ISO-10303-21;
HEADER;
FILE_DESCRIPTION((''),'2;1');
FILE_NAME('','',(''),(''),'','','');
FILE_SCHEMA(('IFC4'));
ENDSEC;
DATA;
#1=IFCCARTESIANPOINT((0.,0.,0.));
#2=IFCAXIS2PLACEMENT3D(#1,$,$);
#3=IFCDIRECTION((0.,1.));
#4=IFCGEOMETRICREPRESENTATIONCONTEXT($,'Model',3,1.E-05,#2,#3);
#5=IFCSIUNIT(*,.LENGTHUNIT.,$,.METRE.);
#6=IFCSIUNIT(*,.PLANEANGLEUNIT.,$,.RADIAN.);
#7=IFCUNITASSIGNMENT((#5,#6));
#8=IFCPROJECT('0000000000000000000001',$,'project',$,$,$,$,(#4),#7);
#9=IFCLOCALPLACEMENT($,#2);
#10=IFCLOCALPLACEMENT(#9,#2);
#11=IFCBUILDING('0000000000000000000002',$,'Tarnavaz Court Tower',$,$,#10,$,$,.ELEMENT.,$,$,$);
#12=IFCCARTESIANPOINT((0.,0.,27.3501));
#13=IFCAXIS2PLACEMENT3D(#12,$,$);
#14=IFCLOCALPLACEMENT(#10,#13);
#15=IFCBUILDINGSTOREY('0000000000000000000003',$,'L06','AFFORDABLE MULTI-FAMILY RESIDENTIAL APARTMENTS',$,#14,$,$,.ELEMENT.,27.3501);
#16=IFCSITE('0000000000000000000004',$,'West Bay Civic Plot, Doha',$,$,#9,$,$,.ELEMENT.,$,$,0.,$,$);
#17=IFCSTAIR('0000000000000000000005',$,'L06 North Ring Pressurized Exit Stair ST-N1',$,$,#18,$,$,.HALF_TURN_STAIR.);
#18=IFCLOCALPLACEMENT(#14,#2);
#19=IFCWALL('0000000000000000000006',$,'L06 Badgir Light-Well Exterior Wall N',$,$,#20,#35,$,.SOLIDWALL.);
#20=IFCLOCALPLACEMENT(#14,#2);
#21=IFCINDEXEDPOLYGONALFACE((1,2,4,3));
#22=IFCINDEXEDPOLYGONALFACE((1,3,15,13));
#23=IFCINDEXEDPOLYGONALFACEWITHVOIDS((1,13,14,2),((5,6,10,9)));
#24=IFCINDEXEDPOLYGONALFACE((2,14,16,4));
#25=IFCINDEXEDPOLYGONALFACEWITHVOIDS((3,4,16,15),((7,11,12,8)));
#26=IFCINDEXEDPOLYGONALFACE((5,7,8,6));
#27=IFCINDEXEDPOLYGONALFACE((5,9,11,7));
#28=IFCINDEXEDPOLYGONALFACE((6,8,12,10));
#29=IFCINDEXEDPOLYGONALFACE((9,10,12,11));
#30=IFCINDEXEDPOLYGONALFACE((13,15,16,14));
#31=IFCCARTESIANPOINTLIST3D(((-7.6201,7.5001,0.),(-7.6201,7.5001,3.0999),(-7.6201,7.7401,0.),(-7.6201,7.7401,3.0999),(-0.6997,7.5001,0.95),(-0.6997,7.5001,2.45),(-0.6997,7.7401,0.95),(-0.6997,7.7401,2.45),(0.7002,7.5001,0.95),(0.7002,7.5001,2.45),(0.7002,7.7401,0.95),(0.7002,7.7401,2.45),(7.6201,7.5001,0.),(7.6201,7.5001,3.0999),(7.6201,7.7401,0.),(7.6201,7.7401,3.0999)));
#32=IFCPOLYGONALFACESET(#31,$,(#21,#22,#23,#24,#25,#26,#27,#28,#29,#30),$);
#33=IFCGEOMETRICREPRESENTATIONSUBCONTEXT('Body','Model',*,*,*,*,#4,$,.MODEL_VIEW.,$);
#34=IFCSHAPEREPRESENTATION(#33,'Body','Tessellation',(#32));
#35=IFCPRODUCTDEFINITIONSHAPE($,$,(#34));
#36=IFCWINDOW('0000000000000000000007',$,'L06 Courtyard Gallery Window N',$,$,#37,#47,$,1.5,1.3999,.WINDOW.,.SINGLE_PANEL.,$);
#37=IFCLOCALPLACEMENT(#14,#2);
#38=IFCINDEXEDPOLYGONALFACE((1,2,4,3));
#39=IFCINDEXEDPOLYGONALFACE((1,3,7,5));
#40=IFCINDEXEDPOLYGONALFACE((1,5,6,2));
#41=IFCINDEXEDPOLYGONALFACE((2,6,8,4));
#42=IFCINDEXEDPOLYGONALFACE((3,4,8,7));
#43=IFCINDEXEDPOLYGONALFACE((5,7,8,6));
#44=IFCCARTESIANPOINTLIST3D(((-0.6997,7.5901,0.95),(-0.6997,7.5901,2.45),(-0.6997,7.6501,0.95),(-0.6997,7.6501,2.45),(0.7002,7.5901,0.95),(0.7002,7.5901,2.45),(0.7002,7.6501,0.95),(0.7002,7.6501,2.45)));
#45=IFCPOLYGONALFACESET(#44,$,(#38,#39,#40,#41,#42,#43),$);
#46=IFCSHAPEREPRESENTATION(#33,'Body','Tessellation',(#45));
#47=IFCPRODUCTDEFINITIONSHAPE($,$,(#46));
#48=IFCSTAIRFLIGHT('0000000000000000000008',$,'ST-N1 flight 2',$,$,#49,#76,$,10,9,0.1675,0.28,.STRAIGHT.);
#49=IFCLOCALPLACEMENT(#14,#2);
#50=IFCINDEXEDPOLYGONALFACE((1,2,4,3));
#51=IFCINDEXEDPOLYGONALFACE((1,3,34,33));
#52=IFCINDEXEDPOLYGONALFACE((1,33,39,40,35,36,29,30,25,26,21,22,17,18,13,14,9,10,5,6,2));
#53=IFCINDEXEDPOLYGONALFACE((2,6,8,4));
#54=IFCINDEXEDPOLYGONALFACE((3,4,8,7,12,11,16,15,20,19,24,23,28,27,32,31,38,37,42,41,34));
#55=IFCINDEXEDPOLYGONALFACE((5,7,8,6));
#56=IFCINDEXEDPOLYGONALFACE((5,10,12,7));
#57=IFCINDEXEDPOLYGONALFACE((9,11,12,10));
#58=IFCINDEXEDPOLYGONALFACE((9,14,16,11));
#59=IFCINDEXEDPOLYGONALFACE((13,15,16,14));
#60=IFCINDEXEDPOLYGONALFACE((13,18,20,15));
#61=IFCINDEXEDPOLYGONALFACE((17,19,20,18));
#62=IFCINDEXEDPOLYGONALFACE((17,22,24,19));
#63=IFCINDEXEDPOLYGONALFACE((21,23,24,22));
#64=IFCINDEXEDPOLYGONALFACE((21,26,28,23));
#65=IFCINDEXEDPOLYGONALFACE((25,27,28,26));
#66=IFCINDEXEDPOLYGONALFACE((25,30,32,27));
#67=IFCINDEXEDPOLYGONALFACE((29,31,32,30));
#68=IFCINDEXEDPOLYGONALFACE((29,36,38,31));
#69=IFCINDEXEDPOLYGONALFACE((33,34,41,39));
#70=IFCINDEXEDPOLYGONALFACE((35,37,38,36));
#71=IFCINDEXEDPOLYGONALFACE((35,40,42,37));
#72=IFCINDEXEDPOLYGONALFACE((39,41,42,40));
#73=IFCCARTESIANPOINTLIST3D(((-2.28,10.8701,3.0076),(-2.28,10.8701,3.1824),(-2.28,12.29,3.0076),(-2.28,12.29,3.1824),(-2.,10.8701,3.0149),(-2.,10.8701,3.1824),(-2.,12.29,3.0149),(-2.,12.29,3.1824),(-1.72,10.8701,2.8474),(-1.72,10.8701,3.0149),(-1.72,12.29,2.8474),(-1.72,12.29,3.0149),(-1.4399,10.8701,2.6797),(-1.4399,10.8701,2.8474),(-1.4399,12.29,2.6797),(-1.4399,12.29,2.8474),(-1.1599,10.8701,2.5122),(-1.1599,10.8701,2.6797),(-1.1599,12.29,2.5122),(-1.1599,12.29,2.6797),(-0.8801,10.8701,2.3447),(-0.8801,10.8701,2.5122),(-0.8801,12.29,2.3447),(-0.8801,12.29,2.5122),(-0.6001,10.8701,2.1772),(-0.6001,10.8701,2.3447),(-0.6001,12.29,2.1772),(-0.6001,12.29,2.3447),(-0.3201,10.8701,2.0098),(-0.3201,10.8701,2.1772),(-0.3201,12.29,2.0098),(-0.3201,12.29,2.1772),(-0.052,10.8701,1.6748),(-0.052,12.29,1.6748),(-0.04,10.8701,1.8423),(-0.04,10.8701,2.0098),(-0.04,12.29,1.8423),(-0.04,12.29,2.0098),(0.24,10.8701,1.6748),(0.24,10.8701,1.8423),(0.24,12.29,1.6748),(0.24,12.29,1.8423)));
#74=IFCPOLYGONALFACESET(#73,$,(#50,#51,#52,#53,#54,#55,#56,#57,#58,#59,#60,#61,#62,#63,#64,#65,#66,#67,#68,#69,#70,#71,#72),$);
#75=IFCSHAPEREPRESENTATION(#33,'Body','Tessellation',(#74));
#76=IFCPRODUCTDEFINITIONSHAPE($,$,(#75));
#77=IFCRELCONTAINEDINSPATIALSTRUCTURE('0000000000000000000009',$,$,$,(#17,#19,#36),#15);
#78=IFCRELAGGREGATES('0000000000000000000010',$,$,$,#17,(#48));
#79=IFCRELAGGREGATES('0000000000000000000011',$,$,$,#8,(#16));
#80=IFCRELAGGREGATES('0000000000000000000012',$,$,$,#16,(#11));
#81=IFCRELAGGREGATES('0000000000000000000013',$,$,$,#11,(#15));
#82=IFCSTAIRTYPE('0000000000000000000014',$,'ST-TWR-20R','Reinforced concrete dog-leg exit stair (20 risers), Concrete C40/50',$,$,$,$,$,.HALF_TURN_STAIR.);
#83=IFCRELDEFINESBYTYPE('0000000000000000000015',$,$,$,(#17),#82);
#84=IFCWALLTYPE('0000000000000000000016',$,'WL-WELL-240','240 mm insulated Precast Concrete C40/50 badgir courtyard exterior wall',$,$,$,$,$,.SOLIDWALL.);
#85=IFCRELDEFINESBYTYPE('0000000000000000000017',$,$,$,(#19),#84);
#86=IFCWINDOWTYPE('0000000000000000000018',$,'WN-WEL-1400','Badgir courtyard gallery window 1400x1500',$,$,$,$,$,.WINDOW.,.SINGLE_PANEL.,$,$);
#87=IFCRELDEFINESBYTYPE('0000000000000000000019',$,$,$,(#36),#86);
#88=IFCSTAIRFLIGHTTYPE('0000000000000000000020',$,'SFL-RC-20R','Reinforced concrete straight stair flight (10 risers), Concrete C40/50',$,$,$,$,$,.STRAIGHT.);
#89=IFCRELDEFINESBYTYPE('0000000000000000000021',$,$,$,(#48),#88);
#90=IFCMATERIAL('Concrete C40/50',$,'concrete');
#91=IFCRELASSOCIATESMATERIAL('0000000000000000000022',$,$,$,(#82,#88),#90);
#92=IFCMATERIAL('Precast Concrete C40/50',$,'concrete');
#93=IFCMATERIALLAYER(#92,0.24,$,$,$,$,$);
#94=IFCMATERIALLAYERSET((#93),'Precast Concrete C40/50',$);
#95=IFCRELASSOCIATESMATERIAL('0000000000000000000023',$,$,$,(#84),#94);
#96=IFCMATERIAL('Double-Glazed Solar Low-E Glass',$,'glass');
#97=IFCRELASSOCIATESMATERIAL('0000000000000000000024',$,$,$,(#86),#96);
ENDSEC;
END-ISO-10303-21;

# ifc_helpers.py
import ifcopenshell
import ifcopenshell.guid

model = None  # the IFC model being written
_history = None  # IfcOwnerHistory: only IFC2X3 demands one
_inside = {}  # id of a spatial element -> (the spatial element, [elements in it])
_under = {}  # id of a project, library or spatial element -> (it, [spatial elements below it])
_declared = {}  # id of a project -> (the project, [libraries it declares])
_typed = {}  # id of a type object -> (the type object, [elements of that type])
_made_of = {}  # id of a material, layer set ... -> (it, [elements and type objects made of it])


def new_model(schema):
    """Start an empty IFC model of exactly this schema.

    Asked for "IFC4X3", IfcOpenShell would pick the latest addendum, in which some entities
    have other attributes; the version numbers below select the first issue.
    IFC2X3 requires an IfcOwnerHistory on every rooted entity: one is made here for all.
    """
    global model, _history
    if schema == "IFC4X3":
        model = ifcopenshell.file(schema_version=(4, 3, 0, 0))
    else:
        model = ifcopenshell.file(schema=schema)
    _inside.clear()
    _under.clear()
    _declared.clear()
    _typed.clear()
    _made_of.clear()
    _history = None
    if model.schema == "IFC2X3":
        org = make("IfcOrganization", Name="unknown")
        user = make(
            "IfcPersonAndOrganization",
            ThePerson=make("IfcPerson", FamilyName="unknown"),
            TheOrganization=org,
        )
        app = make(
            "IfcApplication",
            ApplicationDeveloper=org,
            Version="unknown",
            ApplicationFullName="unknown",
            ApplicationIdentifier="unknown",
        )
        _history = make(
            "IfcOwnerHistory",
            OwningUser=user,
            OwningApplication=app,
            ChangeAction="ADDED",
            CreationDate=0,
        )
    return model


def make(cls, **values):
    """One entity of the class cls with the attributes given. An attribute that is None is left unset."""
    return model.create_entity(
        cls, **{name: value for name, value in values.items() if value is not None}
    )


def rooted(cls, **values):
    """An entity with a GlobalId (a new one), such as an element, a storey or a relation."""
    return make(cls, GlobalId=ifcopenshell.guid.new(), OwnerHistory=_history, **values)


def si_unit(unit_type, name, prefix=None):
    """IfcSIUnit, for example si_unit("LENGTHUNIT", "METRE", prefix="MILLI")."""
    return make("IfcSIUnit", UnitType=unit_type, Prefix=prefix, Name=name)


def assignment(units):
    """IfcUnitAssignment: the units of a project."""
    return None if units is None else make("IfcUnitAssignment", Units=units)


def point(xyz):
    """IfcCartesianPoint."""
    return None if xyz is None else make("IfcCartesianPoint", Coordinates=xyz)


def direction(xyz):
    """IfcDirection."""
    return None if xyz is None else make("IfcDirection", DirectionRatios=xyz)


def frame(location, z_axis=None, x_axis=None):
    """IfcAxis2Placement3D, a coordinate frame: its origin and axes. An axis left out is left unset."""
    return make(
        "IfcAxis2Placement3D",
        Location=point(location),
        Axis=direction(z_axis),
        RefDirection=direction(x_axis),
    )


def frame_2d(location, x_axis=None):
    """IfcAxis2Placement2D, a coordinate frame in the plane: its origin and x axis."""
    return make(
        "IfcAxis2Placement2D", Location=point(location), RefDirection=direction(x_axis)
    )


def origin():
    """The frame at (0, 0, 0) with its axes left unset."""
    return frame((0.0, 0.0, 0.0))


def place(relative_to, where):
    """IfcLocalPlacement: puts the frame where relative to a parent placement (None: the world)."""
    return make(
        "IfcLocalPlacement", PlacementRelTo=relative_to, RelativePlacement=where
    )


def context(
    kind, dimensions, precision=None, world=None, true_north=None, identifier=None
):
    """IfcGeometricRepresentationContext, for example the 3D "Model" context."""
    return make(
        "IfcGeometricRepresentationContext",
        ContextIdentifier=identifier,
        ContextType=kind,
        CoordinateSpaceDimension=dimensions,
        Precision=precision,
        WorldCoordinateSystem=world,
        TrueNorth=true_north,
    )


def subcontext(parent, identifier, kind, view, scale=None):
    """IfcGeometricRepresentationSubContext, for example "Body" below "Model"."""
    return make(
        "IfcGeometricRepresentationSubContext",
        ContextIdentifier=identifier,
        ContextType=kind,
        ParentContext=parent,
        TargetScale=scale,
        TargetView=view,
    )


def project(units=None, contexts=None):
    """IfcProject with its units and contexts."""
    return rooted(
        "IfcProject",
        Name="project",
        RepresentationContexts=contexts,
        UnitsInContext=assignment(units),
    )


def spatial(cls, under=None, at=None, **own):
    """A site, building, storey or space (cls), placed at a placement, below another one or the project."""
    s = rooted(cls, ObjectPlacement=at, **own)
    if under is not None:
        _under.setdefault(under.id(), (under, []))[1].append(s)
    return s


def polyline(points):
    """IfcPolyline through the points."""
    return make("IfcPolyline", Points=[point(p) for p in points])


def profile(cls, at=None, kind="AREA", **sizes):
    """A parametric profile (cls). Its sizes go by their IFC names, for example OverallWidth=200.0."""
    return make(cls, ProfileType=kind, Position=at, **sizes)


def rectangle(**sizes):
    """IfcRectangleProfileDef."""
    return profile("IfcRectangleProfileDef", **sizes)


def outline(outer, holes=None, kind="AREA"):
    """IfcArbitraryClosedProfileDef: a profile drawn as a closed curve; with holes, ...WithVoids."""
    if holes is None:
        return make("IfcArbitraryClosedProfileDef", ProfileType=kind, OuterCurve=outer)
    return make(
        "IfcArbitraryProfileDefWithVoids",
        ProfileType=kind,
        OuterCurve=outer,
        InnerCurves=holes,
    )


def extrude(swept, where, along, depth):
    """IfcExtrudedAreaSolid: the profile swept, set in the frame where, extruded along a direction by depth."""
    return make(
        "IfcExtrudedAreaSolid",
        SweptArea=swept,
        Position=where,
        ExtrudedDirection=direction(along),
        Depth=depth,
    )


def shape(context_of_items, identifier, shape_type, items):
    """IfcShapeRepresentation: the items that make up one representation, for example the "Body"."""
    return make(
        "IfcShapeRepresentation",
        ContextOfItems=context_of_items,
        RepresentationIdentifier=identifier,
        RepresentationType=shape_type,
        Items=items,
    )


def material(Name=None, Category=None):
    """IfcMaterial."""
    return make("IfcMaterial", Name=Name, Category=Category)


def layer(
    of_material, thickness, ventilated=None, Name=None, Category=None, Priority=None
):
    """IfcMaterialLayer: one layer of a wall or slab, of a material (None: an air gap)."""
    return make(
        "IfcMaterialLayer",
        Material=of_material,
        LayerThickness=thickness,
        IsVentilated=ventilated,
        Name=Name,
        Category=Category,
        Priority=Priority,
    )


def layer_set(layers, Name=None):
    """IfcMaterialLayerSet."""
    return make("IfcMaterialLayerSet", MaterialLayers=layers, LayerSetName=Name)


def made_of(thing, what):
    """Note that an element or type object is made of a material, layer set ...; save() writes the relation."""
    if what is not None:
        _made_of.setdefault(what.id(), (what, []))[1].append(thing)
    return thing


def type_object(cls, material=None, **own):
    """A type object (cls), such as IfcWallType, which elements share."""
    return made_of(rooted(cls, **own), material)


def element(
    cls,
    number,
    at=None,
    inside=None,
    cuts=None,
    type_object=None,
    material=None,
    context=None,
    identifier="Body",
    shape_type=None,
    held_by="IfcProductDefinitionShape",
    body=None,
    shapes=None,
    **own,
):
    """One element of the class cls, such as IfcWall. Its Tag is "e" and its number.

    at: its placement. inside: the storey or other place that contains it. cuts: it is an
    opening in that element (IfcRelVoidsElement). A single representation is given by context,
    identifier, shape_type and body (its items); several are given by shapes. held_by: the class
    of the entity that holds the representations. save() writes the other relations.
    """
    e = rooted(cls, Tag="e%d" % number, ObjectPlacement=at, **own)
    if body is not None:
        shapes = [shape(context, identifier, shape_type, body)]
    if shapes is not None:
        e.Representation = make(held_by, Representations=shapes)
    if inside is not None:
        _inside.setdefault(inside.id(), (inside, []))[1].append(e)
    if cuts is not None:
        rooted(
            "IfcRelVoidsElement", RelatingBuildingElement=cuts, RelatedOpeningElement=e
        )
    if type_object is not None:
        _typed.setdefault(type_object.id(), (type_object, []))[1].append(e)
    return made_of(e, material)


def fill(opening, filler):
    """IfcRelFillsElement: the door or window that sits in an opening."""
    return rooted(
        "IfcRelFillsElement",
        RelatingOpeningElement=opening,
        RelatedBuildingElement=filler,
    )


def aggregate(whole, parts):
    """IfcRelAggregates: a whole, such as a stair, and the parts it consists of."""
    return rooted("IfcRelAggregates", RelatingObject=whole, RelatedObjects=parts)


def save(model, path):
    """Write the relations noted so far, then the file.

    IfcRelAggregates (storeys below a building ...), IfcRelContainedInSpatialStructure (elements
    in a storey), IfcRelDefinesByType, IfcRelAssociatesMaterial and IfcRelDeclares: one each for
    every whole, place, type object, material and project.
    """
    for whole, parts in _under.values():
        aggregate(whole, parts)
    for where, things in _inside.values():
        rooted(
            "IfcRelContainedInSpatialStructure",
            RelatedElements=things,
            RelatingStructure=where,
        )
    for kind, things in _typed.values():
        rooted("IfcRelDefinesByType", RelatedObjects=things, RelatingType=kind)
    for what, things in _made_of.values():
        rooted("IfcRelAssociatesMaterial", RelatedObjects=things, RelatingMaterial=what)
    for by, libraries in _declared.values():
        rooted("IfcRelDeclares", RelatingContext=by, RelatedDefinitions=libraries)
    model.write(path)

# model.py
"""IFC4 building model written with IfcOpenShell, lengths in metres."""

from ifc_helpers import new_model, si_unit, direction, frame, frame_2d, origin, place, context, subcontext, project, spatial, polyline, rectangle, outline, extrude, material, layer, layer_set, type_object, element, fill, aggregate, save


model = new_model("IFC4")

# Units and contexts
model_context = context("Model", 3, precision=1e-05, world=origin(), true_north=direction((0.0, 1.0)))
body_context = subcontext(model_context, "Body", "Model", "MODEL_VIEW")
ifc_project = project(units=[si_unit("LENGTHUNIT", "METRE"), si_unit("PLANEANGLEUNIT", "RADIAN")], contexts=[model_context])

# Site, building, storey
site_placement = place(None, origin())
site = spatial("IfcSite", under=ifc_project, at=site_placement, Name="West Bay Civic Plot, Doha", CompositionType="ELEMENT", RefElevation=0.0)
building_placement = place(site_placement, origin())
building = spatial("IfcBuilding", under=site, at=building_placement, Name="Tarnavaz Court Tower", CompositionType="ELEMENT")
storey_placement = place(building_placement, frame((0.0, 0.0, 27.3501)))
storey = spatial("IfcBuildingStorey", under=building, at=storey_placement, Name="L06", Description="AFFORDABLE MULTI-FAMILY RESIDENTIAL APARTMENTS", CompositionType="ELEMENT", Elevation=27.3501)

# Stair
ifc_material_1 = material(Name="Concrete C40/50", Category="concrete")
stair_type = type_object("IfcStairType", Name="ST-TWR-20R", Description="Reinforced concrete dog-leg exit stair (20 risers), Concrete C40/50", PredefinedType="HALF_TURN_STAIR", material=ifc_material_1)
stair_1_placement = place(storey_placement, origin())
stair_1 = element("IfcStair", 1, at=stair_1_placement, inside=storey, type_object=stair_type, Name="L06 North Ring Pressurized Exit Stair ST-N1", PredefinedType="HALF_TURN_STAIR")

# Wall, opening, window
ifc_material_2 = material(Name="Precast Concrete C40/50", Category="concrete")
ifc_layer_1 = layer(ifc_material_2, 0.24)
ifc_layer_set_1 = layer_set([ifc_layer_1], Name="Precast Concrete C40/50")
wall_type_1 = type_object("IfcWallType", Name="WL-WELL-240", Description="240 mm insulated Precast Concrete C40/50 badgir courtyard exterior wall", PredefinedType="SOLIDWALL", material=ifc_layer_set_1)
wall_1_placement = place(storey_placement, frame((7.6201, 7.6201, 0.0), z_axis=(0.0, 0.0, 1.0), x_axis=(-1.0, 0.0, 0.0)))
wall_1 = element("IfcWall", 2, at=wall_1_placement, inside=storey, type_object=wall_type_1, Name="L06 Badgir Light-Well Exterior Wall N", PredefinedType="SOLIDWALL", context=body_context, shape_type="SweptSolid", body=[
    extrude(rectangle(XDim=15.2402, YDim=0.24, at=frame_2d((7.6201, 0.0))), origin(), (0.0, 0.0, 1.0), 3.0999),
])
opening_1_placement = place(wall_1_placement, frame((6.9199, 0.0, 0.95)))
opening_1 = element("IfcOpeningElement", 3, at=opening_1_placement, cuts=wall_1, PredefinedType="OPENING", context=body_context, shape_type="SweptSolid", body=[
    extrude(rectangle(XDim=1.3999, YDim=1.5, at=frame_2d((0.7, 0.75))), frame((0.0, 0.1299, 0.0), z_axis=(0.0, -1.0, 0.0), x_axis=(1.0, 0.0, 0.0)), (0.0, 0.0, 1.0), 0.26),
])
ifc_material_3 = material(Name="Double-Glazed Solar Low-E Glass", Category="glass")
window_type = type_object("IfcWindowType", Name="WN-WEL-1400", Description="Badgir courtyard gallery window 1400x1500", PartitioningType="SINGLE_PANEL", PredefinedType="WINDOW", material=ifc_material_3)
window_placement = place(opening_1_placement, origin())
window = element("IfcWindow", 4, at=window_placement, inside=storey, type_object=window_type, Name="L06 Courtyard Gallery Window N", OverallHeight=1.5, OverallWidth=1.3999, PartitioningType="SINGLE_PANEL", PredefinedType="WINDOW", context=body_context, shape_type="SweptSolid", body=[
    extrude(rectangle(XDim=1.3999, YDim=1.5, at=frame_2d((0.7, 0.75))), frame((0.0, 0.03, 0.0), z_axis=(0.0, -1.0, 0.0), x_axis=(1.0, 0.0, 0.0)), (0.0, 0.0, 1.0), 0.0601),
])
fill(opening_1, window)

# Stair flight
stair_flight_type = type_object("IfcStairFlightType", Name="SFL-RC-20R", Description="Reinforced concrete straight stair flight (10 risers), Concrete C40/50", PredefinedType="STRAIGHT", material=ifc_material_1)
stair_flight_placement = place(storey_placement, frame((0.24, 11.5801, 1.6748), z_axis=(0.0, 0.0, 1.0), x_axis=(-1.0, 0.0, 0.0)))
stair_flight = element("IfcStairFlight", 5, at=stair_flight_placement, type_object=stair_flight_type, Name="ST-N1 flight 2", NumberOfRisers=10, NumberOfTreads=9, PredefinedType="STRAIGHT", RiserHeight=0.1675, TreadLength=0.28, context=body_context, shape_type="SweptSolid", body=[
    extrude(outline(polyline([(0.0, 0.0), (0.0, 0.1675), (0.28, 0.1675), (0.28, 0.335), (0.5601, 0.335), (0.5601, 0.5024), (0.8401, 0.5024), (0.8401, 0.6699), (1.1201, 0.6699), (1.1201, 0.8374), (1.3999, 0.8374), (1.3999, 1.0049), (1.6799, 1.0049), (1.6799, 1.1726), (1.96, 1.1726), (1.96, 1.3401), (2.24, 1.3401), (2.24, 1.5076), (2.52, 1.5076), (2.52, 1.675), (2.52, 1.3328), (0.292, 0.0), (0.0, 0.0)])), frame((0.0, 0.71, 0.0), z_axis=(0.0, -1.0, 0.0), x_axis=(1.0, 0.0, 0.0)), (0.0, 0.0, 1.0), 1.4199),
])
aggregate(stair_1, [stair_flight])

save(model, "model.ifc")
